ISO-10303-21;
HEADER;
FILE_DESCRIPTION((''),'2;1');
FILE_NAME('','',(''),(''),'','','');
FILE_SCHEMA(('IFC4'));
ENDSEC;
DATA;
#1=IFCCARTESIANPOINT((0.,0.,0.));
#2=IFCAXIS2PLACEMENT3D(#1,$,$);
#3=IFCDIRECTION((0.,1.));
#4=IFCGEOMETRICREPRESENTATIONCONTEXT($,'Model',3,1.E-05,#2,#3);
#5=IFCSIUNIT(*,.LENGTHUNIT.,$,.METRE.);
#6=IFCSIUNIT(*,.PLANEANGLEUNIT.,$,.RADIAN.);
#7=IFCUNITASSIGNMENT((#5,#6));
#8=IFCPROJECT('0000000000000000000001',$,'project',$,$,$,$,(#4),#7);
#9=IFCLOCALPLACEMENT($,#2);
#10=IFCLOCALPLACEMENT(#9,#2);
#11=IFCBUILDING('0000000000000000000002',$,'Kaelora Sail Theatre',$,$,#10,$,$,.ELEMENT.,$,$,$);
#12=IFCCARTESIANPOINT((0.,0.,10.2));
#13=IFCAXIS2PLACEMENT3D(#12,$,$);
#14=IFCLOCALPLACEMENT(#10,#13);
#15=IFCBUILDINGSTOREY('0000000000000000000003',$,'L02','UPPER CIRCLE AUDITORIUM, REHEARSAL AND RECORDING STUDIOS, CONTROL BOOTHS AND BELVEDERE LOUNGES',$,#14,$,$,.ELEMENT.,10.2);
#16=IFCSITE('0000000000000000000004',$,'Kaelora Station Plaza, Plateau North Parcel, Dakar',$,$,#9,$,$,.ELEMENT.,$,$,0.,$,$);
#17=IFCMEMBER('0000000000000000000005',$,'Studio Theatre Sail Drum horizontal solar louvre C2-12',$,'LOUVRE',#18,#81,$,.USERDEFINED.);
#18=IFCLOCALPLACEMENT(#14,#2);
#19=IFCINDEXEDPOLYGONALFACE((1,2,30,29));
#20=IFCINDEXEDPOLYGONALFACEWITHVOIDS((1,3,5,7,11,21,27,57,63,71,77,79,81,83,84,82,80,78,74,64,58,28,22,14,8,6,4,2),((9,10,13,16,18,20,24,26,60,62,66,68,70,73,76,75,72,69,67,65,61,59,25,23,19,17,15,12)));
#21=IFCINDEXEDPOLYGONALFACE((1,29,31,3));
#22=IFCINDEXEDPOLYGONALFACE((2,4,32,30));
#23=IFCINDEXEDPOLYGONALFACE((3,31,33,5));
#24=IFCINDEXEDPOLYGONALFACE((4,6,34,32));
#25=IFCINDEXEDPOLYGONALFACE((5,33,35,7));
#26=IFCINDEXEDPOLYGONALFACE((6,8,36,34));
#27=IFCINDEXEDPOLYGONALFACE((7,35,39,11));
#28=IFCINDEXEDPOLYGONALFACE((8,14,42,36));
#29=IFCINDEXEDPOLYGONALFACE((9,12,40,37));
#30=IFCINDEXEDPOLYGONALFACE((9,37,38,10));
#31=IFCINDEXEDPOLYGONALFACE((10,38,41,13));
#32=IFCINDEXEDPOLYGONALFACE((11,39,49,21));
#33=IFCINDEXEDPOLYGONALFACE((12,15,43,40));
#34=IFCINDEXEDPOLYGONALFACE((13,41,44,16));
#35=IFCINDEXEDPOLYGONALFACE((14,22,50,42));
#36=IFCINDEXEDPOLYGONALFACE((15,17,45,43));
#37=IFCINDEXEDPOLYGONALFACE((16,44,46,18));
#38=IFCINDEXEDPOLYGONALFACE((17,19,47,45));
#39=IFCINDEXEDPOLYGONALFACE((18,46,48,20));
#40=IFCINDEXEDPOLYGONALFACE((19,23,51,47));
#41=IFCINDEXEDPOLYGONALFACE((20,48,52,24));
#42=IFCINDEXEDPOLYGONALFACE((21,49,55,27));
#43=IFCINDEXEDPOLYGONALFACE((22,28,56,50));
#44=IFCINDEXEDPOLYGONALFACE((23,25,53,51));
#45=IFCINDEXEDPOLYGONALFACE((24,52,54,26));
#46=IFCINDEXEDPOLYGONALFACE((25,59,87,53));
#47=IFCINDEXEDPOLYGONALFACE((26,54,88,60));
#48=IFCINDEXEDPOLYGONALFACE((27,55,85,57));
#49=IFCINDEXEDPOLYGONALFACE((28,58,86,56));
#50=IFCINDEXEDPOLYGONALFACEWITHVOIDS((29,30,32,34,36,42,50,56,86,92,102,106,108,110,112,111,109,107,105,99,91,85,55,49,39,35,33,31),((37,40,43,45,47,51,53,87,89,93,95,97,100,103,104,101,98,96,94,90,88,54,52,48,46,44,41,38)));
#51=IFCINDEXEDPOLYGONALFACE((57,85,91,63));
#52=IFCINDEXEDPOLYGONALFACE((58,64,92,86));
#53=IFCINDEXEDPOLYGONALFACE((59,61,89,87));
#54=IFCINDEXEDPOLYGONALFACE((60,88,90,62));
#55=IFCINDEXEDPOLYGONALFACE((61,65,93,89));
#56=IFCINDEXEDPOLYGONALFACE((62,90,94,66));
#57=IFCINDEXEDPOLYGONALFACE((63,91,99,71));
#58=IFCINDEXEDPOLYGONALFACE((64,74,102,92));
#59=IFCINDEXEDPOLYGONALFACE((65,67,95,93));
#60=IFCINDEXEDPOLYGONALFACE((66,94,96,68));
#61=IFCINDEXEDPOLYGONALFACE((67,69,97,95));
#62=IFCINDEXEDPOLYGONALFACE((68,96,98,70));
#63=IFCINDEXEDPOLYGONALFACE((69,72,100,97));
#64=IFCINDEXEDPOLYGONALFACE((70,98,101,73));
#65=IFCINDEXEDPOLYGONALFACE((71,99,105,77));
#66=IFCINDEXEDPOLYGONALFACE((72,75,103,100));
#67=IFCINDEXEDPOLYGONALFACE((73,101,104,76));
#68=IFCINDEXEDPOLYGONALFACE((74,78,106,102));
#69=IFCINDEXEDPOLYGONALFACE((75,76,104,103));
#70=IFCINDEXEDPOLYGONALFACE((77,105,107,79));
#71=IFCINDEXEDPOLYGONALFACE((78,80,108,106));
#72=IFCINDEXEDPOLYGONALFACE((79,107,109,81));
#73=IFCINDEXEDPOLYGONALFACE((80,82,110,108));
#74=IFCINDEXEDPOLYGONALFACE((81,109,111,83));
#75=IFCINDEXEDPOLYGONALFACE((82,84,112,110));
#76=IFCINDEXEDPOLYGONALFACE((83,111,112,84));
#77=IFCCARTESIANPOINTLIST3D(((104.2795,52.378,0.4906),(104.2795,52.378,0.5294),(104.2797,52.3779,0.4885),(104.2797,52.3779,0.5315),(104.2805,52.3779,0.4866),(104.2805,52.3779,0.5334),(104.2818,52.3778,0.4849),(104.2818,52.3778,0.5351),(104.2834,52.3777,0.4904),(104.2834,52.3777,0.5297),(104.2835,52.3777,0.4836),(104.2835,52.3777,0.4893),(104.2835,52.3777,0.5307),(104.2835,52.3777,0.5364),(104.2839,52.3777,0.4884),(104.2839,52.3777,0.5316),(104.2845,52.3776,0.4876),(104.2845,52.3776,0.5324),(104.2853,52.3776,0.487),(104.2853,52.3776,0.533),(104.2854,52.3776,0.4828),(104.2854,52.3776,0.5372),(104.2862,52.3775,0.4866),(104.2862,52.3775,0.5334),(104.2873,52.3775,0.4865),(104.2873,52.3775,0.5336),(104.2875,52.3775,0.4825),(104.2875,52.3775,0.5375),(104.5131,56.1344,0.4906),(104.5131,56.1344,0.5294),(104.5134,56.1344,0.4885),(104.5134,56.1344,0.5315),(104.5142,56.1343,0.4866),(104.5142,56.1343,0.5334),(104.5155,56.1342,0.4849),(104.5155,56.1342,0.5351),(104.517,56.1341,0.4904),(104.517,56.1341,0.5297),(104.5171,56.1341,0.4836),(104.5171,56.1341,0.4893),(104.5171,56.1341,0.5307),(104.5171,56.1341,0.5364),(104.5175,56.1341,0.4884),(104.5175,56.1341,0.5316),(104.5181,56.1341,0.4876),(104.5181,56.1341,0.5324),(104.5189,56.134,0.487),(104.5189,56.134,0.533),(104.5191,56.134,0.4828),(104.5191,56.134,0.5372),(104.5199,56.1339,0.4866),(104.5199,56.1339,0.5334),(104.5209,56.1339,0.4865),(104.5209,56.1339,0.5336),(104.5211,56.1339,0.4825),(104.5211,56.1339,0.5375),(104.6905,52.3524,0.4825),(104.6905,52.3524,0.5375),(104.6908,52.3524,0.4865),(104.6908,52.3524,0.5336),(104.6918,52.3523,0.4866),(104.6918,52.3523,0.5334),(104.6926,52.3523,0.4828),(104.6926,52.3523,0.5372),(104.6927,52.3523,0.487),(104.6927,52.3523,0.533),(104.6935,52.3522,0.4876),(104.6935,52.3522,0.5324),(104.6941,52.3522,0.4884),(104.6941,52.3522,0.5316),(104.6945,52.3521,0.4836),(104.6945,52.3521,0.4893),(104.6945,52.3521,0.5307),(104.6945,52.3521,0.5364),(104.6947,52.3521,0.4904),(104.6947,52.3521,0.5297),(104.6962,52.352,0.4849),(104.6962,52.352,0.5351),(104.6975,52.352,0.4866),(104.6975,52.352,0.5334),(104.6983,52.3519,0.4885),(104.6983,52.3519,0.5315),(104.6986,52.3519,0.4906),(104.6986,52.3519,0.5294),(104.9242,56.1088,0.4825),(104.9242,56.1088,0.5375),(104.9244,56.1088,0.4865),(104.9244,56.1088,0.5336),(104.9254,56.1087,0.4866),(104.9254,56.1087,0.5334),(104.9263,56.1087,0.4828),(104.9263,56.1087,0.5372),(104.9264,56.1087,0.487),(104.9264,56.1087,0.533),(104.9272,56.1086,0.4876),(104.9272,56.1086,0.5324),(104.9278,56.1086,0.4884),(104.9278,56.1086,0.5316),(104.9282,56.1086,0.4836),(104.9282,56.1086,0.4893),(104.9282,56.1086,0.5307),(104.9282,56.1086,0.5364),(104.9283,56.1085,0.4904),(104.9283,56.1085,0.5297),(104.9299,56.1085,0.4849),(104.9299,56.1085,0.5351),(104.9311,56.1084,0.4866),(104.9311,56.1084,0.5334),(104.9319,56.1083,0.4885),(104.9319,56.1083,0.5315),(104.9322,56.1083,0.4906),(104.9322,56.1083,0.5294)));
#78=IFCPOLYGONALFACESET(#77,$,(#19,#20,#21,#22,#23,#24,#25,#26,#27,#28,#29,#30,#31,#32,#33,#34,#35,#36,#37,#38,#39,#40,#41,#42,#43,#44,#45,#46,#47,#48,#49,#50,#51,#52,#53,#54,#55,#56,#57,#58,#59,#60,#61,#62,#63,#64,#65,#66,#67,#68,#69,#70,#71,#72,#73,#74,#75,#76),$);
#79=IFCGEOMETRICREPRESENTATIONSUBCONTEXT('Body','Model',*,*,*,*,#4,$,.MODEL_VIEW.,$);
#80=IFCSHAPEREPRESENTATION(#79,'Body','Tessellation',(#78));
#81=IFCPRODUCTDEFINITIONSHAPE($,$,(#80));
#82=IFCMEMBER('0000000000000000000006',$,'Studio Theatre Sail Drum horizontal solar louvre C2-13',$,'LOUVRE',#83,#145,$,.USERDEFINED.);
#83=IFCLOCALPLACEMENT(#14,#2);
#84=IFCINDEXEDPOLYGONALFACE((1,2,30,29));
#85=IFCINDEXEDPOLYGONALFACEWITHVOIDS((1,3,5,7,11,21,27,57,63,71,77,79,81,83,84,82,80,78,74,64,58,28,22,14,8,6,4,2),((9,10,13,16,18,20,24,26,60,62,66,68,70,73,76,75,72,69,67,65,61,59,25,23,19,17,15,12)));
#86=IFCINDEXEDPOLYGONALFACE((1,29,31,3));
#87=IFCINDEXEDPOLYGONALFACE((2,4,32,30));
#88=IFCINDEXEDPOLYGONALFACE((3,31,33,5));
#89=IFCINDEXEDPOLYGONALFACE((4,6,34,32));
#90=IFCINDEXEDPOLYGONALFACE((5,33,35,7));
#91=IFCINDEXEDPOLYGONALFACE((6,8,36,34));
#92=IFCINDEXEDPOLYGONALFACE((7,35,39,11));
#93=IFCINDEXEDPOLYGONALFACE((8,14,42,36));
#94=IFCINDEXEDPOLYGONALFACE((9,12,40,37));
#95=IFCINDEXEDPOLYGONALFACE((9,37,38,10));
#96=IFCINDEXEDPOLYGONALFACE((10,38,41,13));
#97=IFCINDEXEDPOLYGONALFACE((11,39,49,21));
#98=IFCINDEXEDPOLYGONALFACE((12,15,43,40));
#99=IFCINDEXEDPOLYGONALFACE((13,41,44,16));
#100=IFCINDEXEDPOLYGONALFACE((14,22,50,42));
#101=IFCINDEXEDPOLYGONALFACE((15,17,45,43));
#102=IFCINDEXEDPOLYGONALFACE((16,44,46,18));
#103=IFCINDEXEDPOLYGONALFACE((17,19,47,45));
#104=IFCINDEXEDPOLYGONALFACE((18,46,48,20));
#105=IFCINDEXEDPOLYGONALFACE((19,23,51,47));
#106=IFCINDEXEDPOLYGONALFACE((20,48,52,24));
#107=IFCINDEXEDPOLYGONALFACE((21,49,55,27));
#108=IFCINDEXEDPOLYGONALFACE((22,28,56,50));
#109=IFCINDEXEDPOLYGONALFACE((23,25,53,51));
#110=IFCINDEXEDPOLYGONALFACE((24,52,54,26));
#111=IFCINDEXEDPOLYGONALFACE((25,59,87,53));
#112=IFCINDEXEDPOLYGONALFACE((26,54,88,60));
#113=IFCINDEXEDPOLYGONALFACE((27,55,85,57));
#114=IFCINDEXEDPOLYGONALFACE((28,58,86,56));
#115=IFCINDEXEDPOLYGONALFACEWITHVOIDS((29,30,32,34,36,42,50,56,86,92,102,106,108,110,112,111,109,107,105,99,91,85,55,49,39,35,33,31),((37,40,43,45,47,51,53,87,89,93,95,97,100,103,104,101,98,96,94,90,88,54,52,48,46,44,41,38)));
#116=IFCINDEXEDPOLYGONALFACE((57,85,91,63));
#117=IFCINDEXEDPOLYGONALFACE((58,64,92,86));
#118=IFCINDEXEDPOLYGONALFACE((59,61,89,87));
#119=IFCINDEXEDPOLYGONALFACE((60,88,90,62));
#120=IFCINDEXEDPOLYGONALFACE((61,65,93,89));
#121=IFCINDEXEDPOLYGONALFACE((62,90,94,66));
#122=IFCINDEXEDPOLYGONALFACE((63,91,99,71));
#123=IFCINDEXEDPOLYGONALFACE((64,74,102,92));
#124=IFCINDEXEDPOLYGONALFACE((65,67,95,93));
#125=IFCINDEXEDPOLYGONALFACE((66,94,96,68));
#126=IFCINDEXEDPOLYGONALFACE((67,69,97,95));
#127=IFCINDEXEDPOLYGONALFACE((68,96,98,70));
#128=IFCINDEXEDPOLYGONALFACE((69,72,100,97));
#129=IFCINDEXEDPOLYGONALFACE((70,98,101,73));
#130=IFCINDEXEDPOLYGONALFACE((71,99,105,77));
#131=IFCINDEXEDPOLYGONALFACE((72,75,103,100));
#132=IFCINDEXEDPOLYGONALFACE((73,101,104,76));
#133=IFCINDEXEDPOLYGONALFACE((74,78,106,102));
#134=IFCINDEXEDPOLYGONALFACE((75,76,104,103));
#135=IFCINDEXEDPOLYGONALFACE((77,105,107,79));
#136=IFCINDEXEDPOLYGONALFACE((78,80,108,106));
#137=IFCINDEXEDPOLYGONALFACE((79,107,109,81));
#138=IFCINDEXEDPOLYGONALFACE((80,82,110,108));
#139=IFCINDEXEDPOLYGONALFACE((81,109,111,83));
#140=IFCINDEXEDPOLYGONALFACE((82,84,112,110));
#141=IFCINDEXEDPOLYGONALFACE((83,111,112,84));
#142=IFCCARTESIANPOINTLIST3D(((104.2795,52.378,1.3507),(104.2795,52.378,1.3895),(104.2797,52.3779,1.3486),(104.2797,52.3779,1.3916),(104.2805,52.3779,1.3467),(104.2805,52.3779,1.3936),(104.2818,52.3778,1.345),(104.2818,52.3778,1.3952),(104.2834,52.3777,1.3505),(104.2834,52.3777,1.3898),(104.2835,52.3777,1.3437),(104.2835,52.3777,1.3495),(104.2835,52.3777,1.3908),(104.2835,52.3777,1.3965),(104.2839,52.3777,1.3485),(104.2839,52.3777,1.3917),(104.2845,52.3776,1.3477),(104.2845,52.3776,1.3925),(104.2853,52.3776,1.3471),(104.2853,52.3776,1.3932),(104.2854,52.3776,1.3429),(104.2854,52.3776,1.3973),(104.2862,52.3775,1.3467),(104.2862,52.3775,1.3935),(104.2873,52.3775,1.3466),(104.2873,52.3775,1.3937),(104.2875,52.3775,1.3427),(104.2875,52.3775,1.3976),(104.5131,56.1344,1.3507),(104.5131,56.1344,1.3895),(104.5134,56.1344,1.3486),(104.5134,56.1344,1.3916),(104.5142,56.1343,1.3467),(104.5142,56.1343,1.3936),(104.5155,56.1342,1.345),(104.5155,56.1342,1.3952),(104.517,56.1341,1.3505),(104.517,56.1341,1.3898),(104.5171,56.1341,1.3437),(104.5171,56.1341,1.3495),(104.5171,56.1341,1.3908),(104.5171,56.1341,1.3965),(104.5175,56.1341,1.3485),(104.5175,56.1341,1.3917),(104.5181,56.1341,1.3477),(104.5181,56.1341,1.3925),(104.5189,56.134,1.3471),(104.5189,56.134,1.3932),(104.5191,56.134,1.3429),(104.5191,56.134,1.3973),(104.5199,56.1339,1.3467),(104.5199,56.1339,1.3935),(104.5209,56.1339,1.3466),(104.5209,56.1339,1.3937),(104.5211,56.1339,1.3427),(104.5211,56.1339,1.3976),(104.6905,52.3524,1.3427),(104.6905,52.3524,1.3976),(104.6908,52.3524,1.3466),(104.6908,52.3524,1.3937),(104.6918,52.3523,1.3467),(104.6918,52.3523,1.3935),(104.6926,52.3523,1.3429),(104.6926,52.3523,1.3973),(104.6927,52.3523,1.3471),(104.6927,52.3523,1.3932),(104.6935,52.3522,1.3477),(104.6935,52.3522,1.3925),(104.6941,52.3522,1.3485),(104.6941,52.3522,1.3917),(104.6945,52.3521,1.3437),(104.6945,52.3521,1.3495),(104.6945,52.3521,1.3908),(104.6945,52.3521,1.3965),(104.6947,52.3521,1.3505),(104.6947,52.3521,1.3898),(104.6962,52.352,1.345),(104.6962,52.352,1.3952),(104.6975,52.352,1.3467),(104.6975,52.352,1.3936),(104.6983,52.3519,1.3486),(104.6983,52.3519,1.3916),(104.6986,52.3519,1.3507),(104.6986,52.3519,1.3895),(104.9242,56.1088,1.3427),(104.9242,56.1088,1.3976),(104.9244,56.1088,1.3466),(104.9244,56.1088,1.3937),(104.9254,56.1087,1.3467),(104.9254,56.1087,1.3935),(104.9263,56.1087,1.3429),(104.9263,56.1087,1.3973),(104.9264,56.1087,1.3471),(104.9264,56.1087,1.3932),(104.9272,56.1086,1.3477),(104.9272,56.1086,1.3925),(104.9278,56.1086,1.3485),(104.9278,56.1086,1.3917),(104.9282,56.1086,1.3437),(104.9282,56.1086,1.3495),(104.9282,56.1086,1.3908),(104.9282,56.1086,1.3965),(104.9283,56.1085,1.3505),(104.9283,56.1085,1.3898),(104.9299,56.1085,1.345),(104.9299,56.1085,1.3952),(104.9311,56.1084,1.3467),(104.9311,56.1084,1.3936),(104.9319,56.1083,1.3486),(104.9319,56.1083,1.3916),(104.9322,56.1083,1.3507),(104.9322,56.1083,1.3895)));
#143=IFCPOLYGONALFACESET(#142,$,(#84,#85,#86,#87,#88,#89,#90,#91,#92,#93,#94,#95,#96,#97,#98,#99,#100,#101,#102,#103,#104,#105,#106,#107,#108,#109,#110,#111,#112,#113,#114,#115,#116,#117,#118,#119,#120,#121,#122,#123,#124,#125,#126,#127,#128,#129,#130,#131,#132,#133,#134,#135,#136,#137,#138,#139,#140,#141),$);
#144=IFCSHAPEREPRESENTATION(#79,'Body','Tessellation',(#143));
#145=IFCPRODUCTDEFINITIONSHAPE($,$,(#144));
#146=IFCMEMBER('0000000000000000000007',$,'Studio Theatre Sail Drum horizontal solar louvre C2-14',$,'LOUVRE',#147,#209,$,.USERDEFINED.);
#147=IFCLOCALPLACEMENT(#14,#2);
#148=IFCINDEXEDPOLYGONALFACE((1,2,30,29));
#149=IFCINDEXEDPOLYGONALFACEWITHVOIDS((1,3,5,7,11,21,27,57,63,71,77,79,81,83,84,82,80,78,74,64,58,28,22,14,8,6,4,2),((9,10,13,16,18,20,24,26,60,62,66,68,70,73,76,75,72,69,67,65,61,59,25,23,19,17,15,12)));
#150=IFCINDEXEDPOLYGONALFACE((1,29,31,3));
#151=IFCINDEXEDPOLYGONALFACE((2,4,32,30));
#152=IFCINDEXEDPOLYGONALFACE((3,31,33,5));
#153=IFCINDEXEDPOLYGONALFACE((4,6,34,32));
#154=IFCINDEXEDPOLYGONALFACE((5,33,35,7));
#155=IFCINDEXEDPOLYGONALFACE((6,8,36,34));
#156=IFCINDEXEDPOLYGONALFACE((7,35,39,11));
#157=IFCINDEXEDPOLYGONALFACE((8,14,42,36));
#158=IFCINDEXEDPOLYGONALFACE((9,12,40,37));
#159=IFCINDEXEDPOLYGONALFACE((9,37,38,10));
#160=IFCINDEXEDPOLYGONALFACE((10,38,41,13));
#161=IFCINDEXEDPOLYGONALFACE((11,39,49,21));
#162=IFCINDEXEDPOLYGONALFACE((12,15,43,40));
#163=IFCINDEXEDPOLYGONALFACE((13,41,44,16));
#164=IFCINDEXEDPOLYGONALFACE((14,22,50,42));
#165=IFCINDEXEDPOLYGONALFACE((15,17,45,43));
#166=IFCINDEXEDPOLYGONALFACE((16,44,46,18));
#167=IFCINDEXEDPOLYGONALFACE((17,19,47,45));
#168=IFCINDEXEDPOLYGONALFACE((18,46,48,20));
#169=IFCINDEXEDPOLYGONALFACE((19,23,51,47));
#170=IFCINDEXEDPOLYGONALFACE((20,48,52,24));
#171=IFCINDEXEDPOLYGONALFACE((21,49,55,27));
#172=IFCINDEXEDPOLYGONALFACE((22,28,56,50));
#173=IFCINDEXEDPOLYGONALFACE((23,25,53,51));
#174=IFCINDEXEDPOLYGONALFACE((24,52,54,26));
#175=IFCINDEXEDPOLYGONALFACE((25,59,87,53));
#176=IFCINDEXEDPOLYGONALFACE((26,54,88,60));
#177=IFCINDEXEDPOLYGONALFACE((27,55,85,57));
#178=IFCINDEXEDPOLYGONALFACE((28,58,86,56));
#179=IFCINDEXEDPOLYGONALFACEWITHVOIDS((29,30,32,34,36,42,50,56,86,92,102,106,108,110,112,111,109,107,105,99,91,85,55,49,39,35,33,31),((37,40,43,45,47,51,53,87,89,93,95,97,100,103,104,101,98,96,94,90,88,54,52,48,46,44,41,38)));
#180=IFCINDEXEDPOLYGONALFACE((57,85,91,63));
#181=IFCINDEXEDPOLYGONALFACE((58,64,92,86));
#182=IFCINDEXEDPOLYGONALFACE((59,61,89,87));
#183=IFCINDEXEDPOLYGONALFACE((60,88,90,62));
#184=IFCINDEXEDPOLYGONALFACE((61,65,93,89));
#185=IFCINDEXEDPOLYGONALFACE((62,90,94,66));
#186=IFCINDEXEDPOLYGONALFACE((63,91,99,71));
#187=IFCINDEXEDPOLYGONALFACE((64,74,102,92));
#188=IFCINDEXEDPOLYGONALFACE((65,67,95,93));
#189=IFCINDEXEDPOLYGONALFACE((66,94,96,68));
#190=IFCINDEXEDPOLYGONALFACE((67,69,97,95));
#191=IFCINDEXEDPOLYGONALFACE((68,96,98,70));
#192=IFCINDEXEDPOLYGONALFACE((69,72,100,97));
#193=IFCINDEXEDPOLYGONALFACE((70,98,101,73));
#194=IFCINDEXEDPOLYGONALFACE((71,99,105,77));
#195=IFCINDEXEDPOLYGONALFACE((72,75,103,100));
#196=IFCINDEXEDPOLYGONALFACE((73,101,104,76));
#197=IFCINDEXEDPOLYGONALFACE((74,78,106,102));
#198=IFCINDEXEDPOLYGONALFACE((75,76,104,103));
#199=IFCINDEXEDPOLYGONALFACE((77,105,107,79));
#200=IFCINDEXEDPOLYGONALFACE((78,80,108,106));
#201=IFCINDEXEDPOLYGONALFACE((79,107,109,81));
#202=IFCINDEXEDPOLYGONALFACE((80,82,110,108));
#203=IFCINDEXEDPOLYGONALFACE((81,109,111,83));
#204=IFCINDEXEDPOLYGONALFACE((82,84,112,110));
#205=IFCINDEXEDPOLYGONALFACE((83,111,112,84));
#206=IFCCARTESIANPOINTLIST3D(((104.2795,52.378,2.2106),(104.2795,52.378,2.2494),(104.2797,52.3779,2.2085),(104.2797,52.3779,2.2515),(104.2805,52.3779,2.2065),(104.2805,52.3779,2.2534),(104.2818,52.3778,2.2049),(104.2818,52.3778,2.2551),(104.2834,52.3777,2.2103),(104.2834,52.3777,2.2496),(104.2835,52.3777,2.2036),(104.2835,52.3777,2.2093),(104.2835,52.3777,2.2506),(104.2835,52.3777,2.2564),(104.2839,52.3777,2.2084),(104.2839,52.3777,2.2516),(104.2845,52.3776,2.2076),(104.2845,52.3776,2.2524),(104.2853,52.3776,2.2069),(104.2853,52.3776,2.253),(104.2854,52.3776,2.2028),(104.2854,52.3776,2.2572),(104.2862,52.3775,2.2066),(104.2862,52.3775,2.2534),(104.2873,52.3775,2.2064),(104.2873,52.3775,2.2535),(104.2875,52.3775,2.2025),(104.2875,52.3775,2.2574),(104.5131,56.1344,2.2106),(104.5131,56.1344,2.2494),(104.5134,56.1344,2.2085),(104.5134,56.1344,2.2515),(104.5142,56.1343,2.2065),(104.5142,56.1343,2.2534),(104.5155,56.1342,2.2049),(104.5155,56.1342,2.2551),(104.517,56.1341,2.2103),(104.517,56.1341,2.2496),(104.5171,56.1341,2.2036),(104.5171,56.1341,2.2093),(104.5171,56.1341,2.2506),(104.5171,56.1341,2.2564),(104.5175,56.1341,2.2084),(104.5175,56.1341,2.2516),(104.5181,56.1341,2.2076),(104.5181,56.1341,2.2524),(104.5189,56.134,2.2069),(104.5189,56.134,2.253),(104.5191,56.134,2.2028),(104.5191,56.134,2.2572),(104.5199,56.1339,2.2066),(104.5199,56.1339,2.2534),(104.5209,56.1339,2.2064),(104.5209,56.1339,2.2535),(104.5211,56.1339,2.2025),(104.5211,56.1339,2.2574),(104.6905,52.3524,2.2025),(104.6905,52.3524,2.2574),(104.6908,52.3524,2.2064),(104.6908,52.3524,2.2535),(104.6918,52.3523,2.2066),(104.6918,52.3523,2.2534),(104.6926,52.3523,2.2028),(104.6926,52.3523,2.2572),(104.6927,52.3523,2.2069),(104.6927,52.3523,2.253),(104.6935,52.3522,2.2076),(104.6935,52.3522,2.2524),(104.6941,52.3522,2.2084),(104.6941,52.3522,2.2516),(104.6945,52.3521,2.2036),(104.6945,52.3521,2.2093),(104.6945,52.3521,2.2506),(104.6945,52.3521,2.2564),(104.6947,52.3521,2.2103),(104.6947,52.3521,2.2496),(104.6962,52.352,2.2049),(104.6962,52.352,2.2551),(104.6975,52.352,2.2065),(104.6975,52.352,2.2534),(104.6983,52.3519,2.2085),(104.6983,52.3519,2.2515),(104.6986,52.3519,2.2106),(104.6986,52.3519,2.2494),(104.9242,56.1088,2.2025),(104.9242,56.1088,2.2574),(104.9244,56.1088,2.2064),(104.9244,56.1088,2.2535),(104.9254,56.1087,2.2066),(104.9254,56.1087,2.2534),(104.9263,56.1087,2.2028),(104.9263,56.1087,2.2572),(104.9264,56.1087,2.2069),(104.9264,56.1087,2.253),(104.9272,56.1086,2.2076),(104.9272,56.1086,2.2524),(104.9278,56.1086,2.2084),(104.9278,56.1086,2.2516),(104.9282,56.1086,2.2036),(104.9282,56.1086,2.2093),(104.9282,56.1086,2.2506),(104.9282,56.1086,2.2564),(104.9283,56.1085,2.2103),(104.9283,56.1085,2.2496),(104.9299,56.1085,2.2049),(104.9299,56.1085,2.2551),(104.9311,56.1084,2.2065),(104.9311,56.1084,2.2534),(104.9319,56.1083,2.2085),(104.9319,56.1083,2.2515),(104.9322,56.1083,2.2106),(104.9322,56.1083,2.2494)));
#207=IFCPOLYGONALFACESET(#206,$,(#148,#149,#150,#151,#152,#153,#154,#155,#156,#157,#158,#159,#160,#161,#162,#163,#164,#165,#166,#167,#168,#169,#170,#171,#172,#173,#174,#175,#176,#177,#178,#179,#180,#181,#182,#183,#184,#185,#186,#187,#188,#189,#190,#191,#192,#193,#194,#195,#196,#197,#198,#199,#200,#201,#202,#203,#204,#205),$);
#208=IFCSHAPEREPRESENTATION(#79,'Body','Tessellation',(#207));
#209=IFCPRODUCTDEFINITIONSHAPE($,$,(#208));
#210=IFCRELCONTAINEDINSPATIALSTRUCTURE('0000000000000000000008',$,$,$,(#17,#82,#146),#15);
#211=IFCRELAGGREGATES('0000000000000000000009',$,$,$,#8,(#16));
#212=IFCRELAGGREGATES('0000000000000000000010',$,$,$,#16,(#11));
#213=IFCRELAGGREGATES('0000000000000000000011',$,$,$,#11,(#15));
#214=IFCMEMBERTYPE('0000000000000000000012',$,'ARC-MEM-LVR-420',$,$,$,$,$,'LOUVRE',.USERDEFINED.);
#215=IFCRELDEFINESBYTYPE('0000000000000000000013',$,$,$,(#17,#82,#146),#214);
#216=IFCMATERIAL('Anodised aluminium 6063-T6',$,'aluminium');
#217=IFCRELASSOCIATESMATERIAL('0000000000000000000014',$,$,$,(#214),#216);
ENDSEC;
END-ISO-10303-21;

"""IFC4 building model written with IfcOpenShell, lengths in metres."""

from ifc_helpers import new_model, si_unit, direction, frame, origin, origin_2d, place, context, subcontext, project, spatial, hollow_rectangle, extrude, material, material_profile, profile_set, type_object, element, save


model = new_model("IFC4")

# Units and contexts
model_context = context("Model", 3, precision=1e-05, world=origin(), true_north=direction((0.0, 1.0)))
body_context = subcontext(model_context, "Body", "Model", "MODEL_VIEW")
ifc_project = project(units=[si_unit("LENGTHUNIT", "METRE"), si_unit("PLANEANGLEUNIT", "RADIAN")], contexts=[model_context])

# Site, building, storey
site_placement = place(None, origin())
site = spatial("IfcSite", under=ifc_project, at=site_placement, Name="Kaelora Station Plaza, Plateau North Parcel, Dakar", CompositionType="ELEMENT", RefElevation=0.0)
building_placement = place(site_placement, origin())
building = spatial("IfcBuilding", under=site, at=building_placement, Name="Kaelora Sail Theatre", CompositionType="ELEMENT")
storey_placement = place(building_placement, frame((0.0, 0.0, 10.2)))
storey = spatial("IfcBuildingStorey", under=building, at=storey_placement, Name="L02", Description="UPPER CIRCLE AUDITORIUM, REHEARSAL AND RECORDING STUDIOS, CONTROL BOOTHS AND BELVEDERE LOUNGES", CompositionType="ELEMENT", Elevation=10.2)

# Members
ifc_material_1 = material(Name="Anodised aluminium 6063-T6", Category="aluminium")
ifc_material_profile_1 = material_profile(ifc_material_1, hollow_rectangle(XDim=0.4199, YDim=0.0549, WallThickness=0.0039, InnerFilletRadius=0.0039, OuterFilletRadius=0.0081, at=origin_2d()), Name="LOUVRE 420x55x4")
ifc_profile_set_1 = profile_set([ifc_material_profile_1], Name="Anodised aluminium 6063-T6")
member_type_1 = type_object("IfcMemberType", Name="ARC-MEM-LVR-420", ElementType="LOUVRE", PredefinedType="USERDEFINED", material=ifc_profile_set_1)
for number, where, z_axis, x_axis, name in (
    (1, (104.7227, 56.1213, 0.51), (-0.062079, -0.998071, 0.0), (0.998071, -0.062079, 0.0), "Studio Theatre Sail Drum horizontal solar louvre C2-12"),
    (2, (104.7227, 56.1213, 1.3701), (-0.062079, -0.998071, 0.0), (0.998071, -0.062079, 0.0), "Studio Theatre Sail Drum horizontal solar louvre C2-13"),
    (3, (104.7227, 56.1213, 2.23), (-0.062079, -0.998071, 0.0), (0.998071, -0.062079, 0.0), "Studio Theatre Sail Drum horizontal solar louvre C2-14"),
):
    element("IfcMember", number, at=place(storey_placement, frame(where, z_axis=z_axis, x_axis=x_axis)), inside=storey, type_object=member_type_1, Name=name, ObjectType="LOUVRE", PredefinedType="USERDEFINED", context=body_context, shape_type="SweptSolid", body=[
        extrude(hollow_rectangle(XDim=0.4199, YDim=0.0549, WallThickness=0.0039, InnerFilletRadius=0.0039, OuterFilletRadius=0.0081, at=origin_2d()), origin(), (0.0, 0.0, 1.0), 3.7637),
    ])

save(model, "model.ifc")
